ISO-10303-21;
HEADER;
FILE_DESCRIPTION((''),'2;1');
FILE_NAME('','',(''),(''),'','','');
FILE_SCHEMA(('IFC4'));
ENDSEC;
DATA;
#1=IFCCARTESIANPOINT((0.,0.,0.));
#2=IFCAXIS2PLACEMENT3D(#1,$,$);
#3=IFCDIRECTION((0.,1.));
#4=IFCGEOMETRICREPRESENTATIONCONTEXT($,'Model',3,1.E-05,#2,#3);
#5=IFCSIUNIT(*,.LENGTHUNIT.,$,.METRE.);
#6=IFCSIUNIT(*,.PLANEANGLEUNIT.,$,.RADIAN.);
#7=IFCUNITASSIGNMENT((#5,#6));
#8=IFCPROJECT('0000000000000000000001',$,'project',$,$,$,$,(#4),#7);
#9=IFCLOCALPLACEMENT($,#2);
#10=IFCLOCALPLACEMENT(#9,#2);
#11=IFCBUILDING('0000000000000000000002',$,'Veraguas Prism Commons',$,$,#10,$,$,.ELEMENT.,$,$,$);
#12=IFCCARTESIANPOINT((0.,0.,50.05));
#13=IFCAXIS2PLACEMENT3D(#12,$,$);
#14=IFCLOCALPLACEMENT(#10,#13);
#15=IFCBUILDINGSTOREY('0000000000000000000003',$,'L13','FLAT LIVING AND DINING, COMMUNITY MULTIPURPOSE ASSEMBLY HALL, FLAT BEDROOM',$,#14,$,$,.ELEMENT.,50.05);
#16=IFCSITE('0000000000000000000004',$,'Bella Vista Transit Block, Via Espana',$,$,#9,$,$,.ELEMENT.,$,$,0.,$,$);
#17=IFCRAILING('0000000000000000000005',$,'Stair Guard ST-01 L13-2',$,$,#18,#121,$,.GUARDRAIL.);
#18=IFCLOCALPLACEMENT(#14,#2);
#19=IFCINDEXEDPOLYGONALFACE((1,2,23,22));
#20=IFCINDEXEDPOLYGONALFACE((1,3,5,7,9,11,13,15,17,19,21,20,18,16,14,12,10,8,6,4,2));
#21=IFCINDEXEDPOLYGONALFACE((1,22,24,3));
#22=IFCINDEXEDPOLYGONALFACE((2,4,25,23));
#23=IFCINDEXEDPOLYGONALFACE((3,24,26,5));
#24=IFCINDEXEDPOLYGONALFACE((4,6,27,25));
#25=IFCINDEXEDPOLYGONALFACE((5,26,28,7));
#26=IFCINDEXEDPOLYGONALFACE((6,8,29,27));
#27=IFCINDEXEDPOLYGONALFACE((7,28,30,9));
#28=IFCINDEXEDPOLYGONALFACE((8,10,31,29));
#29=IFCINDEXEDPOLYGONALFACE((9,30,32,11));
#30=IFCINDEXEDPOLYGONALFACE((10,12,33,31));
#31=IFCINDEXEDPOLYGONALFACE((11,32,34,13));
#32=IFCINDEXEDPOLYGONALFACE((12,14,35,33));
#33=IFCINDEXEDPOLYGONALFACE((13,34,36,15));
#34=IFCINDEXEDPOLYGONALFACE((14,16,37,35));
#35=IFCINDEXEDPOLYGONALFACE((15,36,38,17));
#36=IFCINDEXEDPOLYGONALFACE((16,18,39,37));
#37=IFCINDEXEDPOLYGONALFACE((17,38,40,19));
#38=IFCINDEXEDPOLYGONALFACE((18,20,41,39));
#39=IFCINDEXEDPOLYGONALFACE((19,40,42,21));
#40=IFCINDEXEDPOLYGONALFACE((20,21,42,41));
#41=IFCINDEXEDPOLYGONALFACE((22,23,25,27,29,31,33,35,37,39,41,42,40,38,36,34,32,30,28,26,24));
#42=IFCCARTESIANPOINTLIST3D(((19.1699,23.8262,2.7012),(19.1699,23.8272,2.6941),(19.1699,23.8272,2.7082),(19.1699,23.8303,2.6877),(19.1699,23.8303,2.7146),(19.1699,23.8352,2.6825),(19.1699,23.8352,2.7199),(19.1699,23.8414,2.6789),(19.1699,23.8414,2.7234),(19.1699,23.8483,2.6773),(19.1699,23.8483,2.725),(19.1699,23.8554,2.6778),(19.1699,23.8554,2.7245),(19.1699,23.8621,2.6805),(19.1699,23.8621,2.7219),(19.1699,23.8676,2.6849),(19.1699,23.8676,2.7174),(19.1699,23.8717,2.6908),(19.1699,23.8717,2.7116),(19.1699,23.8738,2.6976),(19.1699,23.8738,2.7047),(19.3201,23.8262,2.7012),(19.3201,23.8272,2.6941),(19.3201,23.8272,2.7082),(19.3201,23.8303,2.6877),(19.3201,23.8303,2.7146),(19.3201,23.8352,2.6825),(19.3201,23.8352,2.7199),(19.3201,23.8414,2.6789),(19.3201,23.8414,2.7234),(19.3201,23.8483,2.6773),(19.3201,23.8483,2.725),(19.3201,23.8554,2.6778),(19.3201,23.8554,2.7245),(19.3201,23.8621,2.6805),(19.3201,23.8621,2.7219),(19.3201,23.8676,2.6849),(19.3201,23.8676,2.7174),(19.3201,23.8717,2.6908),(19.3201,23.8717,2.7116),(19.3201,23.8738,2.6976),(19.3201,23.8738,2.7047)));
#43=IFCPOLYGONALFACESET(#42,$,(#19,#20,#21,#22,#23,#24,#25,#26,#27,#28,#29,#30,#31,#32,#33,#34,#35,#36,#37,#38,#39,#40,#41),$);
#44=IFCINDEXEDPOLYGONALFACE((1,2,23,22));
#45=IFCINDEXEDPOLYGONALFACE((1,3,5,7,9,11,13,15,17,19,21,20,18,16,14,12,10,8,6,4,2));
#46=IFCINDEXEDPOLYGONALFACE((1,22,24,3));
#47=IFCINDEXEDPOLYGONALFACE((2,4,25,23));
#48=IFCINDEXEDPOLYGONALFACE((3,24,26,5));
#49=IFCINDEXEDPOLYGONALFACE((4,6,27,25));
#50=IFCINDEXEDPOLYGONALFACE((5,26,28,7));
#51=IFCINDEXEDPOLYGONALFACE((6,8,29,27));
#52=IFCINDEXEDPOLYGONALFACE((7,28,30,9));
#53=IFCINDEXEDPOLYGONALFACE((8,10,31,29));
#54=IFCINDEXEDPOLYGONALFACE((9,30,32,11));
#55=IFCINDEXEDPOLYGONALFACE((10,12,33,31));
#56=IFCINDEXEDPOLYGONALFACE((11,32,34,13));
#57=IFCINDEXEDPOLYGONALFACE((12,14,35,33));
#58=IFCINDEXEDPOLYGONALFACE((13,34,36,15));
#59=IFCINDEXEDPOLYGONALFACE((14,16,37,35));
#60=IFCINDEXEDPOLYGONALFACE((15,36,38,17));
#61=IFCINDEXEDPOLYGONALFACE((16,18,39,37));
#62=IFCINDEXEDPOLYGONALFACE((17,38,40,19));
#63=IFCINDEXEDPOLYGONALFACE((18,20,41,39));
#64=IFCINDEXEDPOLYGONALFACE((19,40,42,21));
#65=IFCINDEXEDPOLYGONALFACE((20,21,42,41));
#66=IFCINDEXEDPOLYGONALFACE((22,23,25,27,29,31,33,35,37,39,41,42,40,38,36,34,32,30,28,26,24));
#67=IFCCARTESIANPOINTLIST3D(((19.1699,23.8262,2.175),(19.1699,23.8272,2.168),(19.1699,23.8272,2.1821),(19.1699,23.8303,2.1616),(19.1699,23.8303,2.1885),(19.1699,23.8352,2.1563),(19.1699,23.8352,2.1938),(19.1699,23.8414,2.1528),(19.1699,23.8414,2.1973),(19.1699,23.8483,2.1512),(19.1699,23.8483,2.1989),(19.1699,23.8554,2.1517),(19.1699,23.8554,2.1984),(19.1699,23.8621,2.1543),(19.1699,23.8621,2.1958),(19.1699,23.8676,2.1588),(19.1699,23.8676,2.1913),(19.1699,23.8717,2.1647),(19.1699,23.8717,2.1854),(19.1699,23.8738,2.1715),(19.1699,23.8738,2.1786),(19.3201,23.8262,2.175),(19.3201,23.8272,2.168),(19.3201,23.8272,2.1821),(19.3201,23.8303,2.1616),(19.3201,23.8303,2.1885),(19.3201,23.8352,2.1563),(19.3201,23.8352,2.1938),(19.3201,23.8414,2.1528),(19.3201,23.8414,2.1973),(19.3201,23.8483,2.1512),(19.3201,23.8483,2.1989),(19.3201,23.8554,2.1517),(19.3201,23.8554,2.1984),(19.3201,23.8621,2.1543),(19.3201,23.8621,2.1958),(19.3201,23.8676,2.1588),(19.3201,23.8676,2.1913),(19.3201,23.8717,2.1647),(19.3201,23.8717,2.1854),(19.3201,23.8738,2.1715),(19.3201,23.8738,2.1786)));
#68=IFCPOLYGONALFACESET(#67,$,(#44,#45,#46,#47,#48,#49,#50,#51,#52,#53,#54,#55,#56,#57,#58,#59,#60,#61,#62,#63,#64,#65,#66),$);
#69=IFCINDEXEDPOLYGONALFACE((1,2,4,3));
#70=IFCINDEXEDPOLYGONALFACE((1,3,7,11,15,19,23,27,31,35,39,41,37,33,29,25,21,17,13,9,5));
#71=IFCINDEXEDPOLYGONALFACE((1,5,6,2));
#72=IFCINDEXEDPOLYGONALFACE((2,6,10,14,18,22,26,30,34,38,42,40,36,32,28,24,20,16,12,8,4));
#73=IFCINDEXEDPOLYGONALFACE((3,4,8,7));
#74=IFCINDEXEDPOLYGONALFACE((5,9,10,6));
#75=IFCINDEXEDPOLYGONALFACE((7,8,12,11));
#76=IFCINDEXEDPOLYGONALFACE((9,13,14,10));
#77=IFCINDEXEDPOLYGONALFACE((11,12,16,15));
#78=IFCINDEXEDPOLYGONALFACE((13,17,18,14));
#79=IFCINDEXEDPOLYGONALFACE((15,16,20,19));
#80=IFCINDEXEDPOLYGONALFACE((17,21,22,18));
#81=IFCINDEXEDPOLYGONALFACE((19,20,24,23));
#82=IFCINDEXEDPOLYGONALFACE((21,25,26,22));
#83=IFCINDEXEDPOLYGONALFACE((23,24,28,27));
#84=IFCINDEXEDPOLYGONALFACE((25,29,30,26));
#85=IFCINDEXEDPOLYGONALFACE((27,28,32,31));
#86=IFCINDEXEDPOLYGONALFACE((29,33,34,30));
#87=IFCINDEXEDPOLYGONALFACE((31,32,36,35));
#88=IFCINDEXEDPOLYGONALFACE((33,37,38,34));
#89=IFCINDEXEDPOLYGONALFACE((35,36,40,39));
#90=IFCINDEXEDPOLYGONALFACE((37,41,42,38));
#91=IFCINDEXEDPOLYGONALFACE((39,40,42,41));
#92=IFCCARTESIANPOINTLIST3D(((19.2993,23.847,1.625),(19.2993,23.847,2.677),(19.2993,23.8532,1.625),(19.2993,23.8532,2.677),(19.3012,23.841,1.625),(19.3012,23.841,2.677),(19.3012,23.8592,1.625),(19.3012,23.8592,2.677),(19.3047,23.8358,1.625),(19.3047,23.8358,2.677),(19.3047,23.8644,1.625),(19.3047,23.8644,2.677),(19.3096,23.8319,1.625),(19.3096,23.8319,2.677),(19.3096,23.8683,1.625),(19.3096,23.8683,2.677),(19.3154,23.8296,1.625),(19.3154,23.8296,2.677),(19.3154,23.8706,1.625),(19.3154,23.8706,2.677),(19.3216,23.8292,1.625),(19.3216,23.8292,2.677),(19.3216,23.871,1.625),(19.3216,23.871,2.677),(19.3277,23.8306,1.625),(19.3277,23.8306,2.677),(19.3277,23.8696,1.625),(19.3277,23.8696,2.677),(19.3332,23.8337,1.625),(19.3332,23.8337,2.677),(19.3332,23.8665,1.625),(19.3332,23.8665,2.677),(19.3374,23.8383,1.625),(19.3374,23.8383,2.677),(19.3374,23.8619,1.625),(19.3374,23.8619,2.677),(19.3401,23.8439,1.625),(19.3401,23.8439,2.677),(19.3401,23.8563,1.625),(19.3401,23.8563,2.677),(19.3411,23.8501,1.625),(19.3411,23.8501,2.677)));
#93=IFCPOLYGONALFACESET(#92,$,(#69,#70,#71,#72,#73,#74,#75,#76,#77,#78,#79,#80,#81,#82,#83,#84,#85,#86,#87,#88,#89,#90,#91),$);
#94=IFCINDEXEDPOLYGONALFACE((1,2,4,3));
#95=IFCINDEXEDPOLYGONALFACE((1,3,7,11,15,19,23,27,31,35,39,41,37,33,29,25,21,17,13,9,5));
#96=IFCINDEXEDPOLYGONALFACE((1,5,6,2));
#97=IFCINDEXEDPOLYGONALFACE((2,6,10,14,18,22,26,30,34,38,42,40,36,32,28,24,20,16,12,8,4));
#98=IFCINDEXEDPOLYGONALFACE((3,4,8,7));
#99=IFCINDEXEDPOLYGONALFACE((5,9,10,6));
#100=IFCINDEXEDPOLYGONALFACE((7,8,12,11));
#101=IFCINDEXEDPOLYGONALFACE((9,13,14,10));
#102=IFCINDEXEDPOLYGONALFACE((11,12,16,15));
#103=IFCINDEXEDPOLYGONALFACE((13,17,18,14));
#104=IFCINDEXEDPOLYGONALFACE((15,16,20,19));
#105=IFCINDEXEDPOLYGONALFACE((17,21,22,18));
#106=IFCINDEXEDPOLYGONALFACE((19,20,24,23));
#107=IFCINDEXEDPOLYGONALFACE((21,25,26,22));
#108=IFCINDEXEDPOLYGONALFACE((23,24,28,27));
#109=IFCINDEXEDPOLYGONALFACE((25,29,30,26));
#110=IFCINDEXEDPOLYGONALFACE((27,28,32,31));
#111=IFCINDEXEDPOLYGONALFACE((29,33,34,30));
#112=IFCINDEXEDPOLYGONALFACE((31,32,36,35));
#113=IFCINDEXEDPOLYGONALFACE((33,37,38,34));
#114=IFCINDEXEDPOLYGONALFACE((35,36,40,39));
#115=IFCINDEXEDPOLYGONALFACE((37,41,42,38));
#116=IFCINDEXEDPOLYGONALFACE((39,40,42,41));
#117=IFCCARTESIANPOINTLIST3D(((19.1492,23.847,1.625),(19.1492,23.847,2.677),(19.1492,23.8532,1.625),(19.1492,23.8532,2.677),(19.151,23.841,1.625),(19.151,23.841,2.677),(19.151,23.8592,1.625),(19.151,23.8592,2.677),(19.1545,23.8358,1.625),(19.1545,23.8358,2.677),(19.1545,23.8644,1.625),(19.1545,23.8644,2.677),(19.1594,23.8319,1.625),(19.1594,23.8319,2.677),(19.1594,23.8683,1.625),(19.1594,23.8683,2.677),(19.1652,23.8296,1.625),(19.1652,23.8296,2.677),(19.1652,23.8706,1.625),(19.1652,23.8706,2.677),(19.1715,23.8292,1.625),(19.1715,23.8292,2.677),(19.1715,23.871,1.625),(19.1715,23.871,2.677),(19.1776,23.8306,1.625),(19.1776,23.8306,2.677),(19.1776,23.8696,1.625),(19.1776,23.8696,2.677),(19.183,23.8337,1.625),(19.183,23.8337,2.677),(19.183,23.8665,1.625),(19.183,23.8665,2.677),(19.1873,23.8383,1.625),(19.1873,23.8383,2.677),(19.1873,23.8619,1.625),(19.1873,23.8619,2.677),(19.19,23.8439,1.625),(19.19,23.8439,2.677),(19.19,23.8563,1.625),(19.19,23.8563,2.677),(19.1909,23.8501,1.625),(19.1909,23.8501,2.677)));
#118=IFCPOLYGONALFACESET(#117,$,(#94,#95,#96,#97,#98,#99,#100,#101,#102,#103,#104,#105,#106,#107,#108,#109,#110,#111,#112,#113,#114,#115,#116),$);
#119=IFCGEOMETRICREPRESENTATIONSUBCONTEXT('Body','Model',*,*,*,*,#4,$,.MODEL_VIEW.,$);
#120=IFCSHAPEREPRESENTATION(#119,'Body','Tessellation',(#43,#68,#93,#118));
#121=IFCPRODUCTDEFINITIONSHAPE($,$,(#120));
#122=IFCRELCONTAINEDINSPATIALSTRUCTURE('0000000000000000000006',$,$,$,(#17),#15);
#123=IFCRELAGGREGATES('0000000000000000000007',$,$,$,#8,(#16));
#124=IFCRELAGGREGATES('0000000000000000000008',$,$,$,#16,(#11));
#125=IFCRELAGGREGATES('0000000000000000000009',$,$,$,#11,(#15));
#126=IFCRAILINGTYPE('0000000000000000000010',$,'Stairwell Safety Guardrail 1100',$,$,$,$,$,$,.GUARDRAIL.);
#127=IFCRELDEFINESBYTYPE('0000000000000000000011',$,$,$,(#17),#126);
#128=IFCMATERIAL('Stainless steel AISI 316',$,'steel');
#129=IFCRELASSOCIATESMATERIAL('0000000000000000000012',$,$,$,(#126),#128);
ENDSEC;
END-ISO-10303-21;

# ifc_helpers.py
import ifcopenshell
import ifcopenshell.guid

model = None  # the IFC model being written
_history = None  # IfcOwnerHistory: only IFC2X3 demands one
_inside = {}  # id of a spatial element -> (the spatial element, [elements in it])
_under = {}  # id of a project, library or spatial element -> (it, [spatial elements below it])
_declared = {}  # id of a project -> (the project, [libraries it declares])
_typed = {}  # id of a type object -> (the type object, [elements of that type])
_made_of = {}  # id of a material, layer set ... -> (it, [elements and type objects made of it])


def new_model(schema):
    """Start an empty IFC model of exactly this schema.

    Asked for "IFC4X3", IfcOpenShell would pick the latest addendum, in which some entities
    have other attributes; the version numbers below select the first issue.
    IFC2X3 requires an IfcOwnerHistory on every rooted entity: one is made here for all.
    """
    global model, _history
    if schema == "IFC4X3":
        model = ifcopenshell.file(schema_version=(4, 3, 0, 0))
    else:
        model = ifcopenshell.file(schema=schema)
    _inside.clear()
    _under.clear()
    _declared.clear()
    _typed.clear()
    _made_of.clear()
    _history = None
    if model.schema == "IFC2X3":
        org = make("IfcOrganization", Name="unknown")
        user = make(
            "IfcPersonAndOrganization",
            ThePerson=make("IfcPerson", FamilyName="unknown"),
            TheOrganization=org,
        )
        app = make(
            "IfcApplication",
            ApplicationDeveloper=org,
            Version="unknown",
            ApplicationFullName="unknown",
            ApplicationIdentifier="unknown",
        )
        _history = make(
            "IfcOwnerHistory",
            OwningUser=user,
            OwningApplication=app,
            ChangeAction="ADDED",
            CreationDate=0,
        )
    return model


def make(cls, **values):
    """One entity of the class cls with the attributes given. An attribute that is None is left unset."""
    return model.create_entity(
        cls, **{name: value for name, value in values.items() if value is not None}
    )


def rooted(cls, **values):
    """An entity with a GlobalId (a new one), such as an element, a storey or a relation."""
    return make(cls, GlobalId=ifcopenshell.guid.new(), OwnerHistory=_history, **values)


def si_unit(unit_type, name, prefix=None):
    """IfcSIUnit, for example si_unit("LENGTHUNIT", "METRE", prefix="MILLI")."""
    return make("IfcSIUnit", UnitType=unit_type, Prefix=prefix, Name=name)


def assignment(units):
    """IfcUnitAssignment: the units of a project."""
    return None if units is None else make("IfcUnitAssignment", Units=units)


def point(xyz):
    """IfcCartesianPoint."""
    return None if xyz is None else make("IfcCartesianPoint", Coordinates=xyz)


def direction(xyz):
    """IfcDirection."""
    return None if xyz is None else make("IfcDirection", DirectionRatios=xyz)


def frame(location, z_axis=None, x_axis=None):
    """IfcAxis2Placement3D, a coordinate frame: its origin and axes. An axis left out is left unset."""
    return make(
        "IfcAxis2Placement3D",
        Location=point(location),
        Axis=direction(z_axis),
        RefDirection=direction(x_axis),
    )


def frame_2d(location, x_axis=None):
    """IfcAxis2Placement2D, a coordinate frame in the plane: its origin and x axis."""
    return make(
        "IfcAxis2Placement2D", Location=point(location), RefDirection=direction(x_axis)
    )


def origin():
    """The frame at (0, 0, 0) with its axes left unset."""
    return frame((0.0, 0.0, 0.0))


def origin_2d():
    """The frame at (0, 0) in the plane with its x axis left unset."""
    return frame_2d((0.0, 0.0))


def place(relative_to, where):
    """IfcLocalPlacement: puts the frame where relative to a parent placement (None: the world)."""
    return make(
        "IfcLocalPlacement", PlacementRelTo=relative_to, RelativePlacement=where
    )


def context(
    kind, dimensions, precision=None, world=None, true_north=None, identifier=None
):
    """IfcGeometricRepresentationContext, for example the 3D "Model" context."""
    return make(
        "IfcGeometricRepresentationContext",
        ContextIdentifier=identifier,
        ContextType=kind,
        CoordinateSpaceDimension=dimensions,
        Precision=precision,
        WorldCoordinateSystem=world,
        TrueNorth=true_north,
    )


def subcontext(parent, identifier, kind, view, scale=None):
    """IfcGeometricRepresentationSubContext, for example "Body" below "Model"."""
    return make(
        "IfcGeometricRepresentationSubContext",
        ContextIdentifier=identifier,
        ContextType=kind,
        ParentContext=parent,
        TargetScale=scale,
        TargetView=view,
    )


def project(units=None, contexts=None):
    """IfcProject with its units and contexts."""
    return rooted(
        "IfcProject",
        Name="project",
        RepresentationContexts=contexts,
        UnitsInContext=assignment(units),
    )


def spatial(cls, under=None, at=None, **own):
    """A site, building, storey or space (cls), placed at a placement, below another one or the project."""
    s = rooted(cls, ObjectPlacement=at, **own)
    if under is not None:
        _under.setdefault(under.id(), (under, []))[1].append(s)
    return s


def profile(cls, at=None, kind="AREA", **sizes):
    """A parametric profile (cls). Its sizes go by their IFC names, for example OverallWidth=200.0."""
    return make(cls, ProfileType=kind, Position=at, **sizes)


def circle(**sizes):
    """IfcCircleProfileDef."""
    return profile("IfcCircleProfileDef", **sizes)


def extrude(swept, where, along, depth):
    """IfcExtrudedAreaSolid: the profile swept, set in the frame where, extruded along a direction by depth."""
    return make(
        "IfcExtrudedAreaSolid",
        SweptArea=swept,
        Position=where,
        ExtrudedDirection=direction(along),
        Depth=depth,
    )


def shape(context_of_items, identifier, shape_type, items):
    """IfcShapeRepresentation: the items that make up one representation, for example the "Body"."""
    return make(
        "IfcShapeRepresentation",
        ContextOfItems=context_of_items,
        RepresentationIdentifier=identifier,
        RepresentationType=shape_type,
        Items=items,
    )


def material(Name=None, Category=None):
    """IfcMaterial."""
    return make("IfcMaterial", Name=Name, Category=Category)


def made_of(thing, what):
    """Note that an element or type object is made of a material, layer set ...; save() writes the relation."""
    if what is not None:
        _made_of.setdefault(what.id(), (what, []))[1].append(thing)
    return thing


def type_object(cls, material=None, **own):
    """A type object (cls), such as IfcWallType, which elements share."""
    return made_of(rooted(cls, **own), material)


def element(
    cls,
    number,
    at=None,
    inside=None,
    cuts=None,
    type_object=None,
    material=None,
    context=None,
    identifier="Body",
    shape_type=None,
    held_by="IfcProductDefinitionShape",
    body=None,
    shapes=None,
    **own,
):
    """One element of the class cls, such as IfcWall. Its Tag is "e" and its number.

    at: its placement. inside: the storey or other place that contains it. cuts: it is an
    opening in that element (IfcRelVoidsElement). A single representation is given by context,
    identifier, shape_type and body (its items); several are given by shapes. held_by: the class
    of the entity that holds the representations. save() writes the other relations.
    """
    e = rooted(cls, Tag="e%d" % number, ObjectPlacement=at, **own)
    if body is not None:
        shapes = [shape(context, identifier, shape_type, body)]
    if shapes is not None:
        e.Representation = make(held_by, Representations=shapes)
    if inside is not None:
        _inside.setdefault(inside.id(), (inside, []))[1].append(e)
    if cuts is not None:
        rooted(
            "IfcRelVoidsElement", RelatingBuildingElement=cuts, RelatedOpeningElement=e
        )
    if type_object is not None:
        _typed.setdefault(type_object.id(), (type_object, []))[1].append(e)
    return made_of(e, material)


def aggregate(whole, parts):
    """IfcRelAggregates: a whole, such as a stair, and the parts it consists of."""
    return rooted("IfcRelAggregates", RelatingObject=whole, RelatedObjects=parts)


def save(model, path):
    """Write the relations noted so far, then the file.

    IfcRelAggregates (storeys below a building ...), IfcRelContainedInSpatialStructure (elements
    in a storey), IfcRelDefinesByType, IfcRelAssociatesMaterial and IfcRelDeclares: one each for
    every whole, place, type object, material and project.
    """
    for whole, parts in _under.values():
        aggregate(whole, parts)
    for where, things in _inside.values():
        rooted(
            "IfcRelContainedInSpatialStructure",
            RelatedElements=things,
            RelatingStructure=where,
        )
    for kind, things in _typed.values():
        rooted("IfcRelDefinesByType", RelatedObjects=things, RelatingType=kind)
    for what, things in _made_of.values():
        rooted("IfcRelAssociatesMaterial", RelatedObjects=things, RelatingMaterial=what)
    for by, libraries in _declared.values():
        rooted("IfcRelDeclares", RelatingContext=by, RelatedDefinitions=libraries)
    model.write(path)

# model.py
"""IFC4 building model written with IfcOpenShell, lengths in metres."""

from ifc_helpers import new_model, si_unit, direction, frame, origin, origin_2d, place, context, subcontext, project, spatial, circle, extrude, material, type_object, element, save


model = new_model("IFC4")

# Units and contexts
model_context = context("Model", 3, precision=1e-05, world=origin(), true_north=direction((0.0, 1.0)))
body_context = subcontext(model_context, "Body", "Model", "MODEL_VIEW")
ifc_project = project(units=[si_unit("LENGTHUNIT", "METRE"), si_unit("PLANEANGLEUNIT", "RADIAN")], contexts=[model_context])

# Site, building, storey
site_placement = place(None, origin())
site = spatial("IfcSite", under=ifc_project, at=site_placement, Name="Bella Vista Transit Block, Via Espana", CompositionType="ELEMENT", RefElevation=0.0)
building_placement = place(site_placement, origin())
building = spatial("IfcBuilding", under=site, at=building_placement, Name="Veraguas Prism Commons", CompositionType="ELEMENT")
storey_placement = place(building_placement, frame((0.0, 0.0, 50.05)))
storey = spatial("IfcBuildingStorey", under=building, at=storey_placement, Name="L13", Description="FLAT LIVING AND DINING, COMMUNITY MULTIPURPOSE ASSEMBLY HALL, FLAT BEDROOM", CompositionType="ELEMENT", Elevation=50.05)

# Railing
ifc_material_1 = material(Name="Stainless steel AISI 316", Category="steel")
railing_type_1 = type_object("IfcRailingType", Name="Stairwell Safety Guardrail 1100", PredefinedType="GUARDRAIL", material=ifc_material_1)
railing_1_placement = place(storey_placement, frame((19.3201, 23.8501, 1.625)))
element("IfcRailing", 1, at=railing_1_placement, inside=storey, type_object=railing_type_1, Name="Stair Guard ST-01 L13-2", PredefinedType="GUARDRAIL", context=body_context, shape_type="SweptSolid", body=[
    extrude(circle(Radius=0.0239, at=origin_2d()), frame((0.0, 0.0, 1.0762), z_axis=(-1.0, 0.0, 0.0), x_axis=(0.0, -1.0, 0.0)), (0.0, 0.0, 1.0), 0.1501),
    extrude(circle(Radius=0.0239, at=origin_2d()), frame((0.0, 0.0, 0.55), z_axis=(-1.0, 0.0, 0.0), x_axis=(0.0, -1.0, 0.0)), (0.0, 0.0, 1.0), 0.1501),
    extrude(circle(Radius=0.021, at=origin_2d()), origin(), (0.0, 0.0, 1.0), 1.052),
    extrude(circle(Radius=0.021, at=origin_2d()), frame((-0.1501, 0.0, 0.0)), (0.0, 0.0, 1.0), 1.052),
])

save(model, "model.ifc")
